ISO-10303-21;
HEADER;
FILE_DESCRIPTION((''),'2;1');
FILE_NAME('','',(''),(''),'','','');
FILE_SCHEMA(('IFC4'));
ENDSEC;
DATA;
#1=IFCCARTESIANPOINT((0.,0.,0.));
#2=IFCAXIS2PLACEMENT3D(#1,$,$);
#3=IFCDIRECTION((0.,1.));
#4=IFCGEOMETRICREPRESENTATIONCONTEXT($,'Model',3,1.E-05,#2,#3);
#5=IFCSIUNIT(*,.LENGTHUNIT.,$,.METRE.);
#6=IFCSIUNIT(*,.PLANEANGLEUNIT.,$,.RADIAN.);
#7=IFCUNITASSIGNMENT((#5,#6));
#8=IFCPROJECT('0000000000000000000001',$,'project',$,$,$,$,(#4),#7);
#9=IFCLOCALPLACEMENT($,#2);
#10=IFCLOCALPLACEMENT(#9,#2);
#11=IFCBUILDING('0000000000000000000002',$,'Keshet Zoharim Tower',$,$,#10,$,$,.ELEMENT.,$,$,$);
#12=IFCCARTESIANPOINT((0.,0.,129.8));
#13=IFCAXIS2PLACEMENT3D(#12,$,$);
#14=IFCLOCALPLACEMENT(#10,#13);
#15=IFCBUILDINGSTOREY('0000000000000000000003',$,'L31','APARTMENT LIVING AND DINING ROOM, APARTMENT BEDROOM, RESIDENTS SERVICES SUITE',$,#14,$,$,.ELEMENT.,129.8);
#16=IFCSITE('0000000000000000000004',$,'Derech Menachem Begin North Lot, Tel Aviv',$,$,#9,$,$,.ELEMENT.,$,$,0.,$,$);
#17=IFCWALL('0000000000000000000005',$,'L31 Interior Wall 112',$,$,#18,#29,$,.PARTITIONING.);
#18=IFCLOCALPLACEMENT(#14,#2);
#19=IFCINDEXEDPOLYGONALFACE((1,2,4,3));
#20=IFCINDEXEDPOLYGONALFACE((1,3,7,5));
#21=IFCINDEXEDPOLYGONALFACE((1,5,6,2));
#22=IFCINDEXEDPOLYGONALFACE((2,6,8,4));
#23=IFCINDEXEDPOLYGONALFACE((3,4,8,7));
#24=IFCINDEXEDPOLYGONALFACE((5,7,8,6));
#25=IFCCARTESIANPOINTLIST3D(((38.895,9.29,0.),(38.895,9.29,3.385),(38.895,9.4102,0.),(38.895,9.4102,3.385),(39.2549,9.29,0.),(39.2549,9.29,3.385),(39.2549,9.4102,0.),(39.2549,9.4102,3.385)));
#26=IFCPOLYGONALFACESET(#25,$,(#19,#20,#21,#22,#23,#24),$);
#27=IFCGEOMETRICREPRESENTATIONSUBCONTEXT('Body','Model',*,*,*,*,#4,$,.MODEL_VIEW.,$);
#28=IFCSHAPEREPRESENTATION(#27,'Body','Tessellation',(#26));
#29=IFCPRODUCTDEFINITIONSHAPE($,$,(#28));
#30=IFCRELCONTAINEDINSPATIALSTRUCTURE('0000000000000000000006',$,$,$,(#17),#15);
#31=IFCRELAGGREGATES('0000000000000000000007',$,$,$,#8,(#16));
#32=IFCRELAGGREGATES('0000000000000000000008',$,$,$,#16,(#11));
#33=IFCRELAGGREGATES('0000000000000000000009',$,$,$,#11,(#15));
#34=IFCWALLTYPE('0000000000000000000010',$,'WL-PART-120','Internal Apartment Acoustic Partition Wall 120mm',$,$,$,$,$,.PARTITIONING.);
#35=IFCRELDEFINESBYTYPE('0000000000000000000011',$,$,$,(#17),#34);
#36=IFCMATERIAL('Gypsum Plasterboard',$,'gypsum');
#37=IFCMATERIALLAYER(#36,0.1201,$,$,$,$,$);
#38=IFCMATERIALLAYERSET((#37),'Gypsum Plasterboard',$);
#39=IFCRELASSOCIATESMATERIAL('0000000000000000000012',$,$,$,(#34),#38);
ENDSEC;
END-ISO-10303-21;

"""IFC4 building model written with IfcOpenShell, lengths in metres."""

from ifc_helpers import new_model, si_unit, direction, frame, frame_2d, origin, place, context, subcontext, project, spatial, rectangle, extrude, material, layer, layer_set, type_object, element, save


model = new_model("IFC4")

# Units and contexts
model_context = context("Model", 3, precision=1e-05, world=origin(), true_north=direction((0.0, 1.0)))
body_context = subcontext(model_context, "Body", "Model", "MODEL_VIEW")
ifc_project = project(units=[si_unit("LENGTHUNIT", "METRE"), si_unit("PLANEANGLEUNIT", "RADIAN")], contexts=[model_context])

# Site, building, storey
site_placement = place(None, origin())
site = spatial("IfcSite", under=ifc_project, at=site_placement, Name="Derech Menachem Begin North Lot, Tel Aviv", CompositionType="ELEMENT", RefElevation=0.0)
building_placement = place(site_placement, origin())
building = spatial("IfcBuilding", under=site, at=building_placement, Name="Keshet Zoharim Tower", CompositionType="ELEMENT")
storey_placement = place(building_placement, frame((0.0, 0.0, 129.8)))
storey = spatial("IfcBuildingStorey", under=building, at=storey_placement, Name="L31", Description="APARTMENT LIVING AND DINING ROOM, APARTMENT BEDROOM, RESIDENTS SERVICES SUITE", CompositionType="ELEMENT", Elevation=129.8)

# Shared definitions
ifc_material_1 = material(Name="Gypsum Plasterboard", Category="gypsum")
ifc_layer_1 = layer(ifc_material_1, 0.1201)
ifc_layer_set_1 = layer_set([ifc_layer_1], Name="Gypsum Plasterboard")
wall_type = type_object("IfcWallType", Name="WL-PART-120", Description="Internal Apartment Acoustic Partition Wall 120mm", PredefinedType="PARTITIONING", material=ifc_layer_set_1)

# Wall
wall_1_placement = place(storey_placement, frame((38.895, 9.3501, 0.0), z_axis=(0.0, 0.0, 1.0), x_axis=(1.0, 0.0, 0.0)))
element("IfcWall", 1, at=wall_1_placement, inside=storey, type_object=wall_type, Name="L31 Interior Wall 112", PredefinedType="PARTITIONING", context=body_context, shape_type="SweptSolid", body=[
    extrude(rectangle(XDim=0.3599, YDim=0.1201, at=frame_2d((0.1799, 0.0))), origin(), (0.0, 0.0, 1.0), 3.385),
])

save(model, "model.ifc")
